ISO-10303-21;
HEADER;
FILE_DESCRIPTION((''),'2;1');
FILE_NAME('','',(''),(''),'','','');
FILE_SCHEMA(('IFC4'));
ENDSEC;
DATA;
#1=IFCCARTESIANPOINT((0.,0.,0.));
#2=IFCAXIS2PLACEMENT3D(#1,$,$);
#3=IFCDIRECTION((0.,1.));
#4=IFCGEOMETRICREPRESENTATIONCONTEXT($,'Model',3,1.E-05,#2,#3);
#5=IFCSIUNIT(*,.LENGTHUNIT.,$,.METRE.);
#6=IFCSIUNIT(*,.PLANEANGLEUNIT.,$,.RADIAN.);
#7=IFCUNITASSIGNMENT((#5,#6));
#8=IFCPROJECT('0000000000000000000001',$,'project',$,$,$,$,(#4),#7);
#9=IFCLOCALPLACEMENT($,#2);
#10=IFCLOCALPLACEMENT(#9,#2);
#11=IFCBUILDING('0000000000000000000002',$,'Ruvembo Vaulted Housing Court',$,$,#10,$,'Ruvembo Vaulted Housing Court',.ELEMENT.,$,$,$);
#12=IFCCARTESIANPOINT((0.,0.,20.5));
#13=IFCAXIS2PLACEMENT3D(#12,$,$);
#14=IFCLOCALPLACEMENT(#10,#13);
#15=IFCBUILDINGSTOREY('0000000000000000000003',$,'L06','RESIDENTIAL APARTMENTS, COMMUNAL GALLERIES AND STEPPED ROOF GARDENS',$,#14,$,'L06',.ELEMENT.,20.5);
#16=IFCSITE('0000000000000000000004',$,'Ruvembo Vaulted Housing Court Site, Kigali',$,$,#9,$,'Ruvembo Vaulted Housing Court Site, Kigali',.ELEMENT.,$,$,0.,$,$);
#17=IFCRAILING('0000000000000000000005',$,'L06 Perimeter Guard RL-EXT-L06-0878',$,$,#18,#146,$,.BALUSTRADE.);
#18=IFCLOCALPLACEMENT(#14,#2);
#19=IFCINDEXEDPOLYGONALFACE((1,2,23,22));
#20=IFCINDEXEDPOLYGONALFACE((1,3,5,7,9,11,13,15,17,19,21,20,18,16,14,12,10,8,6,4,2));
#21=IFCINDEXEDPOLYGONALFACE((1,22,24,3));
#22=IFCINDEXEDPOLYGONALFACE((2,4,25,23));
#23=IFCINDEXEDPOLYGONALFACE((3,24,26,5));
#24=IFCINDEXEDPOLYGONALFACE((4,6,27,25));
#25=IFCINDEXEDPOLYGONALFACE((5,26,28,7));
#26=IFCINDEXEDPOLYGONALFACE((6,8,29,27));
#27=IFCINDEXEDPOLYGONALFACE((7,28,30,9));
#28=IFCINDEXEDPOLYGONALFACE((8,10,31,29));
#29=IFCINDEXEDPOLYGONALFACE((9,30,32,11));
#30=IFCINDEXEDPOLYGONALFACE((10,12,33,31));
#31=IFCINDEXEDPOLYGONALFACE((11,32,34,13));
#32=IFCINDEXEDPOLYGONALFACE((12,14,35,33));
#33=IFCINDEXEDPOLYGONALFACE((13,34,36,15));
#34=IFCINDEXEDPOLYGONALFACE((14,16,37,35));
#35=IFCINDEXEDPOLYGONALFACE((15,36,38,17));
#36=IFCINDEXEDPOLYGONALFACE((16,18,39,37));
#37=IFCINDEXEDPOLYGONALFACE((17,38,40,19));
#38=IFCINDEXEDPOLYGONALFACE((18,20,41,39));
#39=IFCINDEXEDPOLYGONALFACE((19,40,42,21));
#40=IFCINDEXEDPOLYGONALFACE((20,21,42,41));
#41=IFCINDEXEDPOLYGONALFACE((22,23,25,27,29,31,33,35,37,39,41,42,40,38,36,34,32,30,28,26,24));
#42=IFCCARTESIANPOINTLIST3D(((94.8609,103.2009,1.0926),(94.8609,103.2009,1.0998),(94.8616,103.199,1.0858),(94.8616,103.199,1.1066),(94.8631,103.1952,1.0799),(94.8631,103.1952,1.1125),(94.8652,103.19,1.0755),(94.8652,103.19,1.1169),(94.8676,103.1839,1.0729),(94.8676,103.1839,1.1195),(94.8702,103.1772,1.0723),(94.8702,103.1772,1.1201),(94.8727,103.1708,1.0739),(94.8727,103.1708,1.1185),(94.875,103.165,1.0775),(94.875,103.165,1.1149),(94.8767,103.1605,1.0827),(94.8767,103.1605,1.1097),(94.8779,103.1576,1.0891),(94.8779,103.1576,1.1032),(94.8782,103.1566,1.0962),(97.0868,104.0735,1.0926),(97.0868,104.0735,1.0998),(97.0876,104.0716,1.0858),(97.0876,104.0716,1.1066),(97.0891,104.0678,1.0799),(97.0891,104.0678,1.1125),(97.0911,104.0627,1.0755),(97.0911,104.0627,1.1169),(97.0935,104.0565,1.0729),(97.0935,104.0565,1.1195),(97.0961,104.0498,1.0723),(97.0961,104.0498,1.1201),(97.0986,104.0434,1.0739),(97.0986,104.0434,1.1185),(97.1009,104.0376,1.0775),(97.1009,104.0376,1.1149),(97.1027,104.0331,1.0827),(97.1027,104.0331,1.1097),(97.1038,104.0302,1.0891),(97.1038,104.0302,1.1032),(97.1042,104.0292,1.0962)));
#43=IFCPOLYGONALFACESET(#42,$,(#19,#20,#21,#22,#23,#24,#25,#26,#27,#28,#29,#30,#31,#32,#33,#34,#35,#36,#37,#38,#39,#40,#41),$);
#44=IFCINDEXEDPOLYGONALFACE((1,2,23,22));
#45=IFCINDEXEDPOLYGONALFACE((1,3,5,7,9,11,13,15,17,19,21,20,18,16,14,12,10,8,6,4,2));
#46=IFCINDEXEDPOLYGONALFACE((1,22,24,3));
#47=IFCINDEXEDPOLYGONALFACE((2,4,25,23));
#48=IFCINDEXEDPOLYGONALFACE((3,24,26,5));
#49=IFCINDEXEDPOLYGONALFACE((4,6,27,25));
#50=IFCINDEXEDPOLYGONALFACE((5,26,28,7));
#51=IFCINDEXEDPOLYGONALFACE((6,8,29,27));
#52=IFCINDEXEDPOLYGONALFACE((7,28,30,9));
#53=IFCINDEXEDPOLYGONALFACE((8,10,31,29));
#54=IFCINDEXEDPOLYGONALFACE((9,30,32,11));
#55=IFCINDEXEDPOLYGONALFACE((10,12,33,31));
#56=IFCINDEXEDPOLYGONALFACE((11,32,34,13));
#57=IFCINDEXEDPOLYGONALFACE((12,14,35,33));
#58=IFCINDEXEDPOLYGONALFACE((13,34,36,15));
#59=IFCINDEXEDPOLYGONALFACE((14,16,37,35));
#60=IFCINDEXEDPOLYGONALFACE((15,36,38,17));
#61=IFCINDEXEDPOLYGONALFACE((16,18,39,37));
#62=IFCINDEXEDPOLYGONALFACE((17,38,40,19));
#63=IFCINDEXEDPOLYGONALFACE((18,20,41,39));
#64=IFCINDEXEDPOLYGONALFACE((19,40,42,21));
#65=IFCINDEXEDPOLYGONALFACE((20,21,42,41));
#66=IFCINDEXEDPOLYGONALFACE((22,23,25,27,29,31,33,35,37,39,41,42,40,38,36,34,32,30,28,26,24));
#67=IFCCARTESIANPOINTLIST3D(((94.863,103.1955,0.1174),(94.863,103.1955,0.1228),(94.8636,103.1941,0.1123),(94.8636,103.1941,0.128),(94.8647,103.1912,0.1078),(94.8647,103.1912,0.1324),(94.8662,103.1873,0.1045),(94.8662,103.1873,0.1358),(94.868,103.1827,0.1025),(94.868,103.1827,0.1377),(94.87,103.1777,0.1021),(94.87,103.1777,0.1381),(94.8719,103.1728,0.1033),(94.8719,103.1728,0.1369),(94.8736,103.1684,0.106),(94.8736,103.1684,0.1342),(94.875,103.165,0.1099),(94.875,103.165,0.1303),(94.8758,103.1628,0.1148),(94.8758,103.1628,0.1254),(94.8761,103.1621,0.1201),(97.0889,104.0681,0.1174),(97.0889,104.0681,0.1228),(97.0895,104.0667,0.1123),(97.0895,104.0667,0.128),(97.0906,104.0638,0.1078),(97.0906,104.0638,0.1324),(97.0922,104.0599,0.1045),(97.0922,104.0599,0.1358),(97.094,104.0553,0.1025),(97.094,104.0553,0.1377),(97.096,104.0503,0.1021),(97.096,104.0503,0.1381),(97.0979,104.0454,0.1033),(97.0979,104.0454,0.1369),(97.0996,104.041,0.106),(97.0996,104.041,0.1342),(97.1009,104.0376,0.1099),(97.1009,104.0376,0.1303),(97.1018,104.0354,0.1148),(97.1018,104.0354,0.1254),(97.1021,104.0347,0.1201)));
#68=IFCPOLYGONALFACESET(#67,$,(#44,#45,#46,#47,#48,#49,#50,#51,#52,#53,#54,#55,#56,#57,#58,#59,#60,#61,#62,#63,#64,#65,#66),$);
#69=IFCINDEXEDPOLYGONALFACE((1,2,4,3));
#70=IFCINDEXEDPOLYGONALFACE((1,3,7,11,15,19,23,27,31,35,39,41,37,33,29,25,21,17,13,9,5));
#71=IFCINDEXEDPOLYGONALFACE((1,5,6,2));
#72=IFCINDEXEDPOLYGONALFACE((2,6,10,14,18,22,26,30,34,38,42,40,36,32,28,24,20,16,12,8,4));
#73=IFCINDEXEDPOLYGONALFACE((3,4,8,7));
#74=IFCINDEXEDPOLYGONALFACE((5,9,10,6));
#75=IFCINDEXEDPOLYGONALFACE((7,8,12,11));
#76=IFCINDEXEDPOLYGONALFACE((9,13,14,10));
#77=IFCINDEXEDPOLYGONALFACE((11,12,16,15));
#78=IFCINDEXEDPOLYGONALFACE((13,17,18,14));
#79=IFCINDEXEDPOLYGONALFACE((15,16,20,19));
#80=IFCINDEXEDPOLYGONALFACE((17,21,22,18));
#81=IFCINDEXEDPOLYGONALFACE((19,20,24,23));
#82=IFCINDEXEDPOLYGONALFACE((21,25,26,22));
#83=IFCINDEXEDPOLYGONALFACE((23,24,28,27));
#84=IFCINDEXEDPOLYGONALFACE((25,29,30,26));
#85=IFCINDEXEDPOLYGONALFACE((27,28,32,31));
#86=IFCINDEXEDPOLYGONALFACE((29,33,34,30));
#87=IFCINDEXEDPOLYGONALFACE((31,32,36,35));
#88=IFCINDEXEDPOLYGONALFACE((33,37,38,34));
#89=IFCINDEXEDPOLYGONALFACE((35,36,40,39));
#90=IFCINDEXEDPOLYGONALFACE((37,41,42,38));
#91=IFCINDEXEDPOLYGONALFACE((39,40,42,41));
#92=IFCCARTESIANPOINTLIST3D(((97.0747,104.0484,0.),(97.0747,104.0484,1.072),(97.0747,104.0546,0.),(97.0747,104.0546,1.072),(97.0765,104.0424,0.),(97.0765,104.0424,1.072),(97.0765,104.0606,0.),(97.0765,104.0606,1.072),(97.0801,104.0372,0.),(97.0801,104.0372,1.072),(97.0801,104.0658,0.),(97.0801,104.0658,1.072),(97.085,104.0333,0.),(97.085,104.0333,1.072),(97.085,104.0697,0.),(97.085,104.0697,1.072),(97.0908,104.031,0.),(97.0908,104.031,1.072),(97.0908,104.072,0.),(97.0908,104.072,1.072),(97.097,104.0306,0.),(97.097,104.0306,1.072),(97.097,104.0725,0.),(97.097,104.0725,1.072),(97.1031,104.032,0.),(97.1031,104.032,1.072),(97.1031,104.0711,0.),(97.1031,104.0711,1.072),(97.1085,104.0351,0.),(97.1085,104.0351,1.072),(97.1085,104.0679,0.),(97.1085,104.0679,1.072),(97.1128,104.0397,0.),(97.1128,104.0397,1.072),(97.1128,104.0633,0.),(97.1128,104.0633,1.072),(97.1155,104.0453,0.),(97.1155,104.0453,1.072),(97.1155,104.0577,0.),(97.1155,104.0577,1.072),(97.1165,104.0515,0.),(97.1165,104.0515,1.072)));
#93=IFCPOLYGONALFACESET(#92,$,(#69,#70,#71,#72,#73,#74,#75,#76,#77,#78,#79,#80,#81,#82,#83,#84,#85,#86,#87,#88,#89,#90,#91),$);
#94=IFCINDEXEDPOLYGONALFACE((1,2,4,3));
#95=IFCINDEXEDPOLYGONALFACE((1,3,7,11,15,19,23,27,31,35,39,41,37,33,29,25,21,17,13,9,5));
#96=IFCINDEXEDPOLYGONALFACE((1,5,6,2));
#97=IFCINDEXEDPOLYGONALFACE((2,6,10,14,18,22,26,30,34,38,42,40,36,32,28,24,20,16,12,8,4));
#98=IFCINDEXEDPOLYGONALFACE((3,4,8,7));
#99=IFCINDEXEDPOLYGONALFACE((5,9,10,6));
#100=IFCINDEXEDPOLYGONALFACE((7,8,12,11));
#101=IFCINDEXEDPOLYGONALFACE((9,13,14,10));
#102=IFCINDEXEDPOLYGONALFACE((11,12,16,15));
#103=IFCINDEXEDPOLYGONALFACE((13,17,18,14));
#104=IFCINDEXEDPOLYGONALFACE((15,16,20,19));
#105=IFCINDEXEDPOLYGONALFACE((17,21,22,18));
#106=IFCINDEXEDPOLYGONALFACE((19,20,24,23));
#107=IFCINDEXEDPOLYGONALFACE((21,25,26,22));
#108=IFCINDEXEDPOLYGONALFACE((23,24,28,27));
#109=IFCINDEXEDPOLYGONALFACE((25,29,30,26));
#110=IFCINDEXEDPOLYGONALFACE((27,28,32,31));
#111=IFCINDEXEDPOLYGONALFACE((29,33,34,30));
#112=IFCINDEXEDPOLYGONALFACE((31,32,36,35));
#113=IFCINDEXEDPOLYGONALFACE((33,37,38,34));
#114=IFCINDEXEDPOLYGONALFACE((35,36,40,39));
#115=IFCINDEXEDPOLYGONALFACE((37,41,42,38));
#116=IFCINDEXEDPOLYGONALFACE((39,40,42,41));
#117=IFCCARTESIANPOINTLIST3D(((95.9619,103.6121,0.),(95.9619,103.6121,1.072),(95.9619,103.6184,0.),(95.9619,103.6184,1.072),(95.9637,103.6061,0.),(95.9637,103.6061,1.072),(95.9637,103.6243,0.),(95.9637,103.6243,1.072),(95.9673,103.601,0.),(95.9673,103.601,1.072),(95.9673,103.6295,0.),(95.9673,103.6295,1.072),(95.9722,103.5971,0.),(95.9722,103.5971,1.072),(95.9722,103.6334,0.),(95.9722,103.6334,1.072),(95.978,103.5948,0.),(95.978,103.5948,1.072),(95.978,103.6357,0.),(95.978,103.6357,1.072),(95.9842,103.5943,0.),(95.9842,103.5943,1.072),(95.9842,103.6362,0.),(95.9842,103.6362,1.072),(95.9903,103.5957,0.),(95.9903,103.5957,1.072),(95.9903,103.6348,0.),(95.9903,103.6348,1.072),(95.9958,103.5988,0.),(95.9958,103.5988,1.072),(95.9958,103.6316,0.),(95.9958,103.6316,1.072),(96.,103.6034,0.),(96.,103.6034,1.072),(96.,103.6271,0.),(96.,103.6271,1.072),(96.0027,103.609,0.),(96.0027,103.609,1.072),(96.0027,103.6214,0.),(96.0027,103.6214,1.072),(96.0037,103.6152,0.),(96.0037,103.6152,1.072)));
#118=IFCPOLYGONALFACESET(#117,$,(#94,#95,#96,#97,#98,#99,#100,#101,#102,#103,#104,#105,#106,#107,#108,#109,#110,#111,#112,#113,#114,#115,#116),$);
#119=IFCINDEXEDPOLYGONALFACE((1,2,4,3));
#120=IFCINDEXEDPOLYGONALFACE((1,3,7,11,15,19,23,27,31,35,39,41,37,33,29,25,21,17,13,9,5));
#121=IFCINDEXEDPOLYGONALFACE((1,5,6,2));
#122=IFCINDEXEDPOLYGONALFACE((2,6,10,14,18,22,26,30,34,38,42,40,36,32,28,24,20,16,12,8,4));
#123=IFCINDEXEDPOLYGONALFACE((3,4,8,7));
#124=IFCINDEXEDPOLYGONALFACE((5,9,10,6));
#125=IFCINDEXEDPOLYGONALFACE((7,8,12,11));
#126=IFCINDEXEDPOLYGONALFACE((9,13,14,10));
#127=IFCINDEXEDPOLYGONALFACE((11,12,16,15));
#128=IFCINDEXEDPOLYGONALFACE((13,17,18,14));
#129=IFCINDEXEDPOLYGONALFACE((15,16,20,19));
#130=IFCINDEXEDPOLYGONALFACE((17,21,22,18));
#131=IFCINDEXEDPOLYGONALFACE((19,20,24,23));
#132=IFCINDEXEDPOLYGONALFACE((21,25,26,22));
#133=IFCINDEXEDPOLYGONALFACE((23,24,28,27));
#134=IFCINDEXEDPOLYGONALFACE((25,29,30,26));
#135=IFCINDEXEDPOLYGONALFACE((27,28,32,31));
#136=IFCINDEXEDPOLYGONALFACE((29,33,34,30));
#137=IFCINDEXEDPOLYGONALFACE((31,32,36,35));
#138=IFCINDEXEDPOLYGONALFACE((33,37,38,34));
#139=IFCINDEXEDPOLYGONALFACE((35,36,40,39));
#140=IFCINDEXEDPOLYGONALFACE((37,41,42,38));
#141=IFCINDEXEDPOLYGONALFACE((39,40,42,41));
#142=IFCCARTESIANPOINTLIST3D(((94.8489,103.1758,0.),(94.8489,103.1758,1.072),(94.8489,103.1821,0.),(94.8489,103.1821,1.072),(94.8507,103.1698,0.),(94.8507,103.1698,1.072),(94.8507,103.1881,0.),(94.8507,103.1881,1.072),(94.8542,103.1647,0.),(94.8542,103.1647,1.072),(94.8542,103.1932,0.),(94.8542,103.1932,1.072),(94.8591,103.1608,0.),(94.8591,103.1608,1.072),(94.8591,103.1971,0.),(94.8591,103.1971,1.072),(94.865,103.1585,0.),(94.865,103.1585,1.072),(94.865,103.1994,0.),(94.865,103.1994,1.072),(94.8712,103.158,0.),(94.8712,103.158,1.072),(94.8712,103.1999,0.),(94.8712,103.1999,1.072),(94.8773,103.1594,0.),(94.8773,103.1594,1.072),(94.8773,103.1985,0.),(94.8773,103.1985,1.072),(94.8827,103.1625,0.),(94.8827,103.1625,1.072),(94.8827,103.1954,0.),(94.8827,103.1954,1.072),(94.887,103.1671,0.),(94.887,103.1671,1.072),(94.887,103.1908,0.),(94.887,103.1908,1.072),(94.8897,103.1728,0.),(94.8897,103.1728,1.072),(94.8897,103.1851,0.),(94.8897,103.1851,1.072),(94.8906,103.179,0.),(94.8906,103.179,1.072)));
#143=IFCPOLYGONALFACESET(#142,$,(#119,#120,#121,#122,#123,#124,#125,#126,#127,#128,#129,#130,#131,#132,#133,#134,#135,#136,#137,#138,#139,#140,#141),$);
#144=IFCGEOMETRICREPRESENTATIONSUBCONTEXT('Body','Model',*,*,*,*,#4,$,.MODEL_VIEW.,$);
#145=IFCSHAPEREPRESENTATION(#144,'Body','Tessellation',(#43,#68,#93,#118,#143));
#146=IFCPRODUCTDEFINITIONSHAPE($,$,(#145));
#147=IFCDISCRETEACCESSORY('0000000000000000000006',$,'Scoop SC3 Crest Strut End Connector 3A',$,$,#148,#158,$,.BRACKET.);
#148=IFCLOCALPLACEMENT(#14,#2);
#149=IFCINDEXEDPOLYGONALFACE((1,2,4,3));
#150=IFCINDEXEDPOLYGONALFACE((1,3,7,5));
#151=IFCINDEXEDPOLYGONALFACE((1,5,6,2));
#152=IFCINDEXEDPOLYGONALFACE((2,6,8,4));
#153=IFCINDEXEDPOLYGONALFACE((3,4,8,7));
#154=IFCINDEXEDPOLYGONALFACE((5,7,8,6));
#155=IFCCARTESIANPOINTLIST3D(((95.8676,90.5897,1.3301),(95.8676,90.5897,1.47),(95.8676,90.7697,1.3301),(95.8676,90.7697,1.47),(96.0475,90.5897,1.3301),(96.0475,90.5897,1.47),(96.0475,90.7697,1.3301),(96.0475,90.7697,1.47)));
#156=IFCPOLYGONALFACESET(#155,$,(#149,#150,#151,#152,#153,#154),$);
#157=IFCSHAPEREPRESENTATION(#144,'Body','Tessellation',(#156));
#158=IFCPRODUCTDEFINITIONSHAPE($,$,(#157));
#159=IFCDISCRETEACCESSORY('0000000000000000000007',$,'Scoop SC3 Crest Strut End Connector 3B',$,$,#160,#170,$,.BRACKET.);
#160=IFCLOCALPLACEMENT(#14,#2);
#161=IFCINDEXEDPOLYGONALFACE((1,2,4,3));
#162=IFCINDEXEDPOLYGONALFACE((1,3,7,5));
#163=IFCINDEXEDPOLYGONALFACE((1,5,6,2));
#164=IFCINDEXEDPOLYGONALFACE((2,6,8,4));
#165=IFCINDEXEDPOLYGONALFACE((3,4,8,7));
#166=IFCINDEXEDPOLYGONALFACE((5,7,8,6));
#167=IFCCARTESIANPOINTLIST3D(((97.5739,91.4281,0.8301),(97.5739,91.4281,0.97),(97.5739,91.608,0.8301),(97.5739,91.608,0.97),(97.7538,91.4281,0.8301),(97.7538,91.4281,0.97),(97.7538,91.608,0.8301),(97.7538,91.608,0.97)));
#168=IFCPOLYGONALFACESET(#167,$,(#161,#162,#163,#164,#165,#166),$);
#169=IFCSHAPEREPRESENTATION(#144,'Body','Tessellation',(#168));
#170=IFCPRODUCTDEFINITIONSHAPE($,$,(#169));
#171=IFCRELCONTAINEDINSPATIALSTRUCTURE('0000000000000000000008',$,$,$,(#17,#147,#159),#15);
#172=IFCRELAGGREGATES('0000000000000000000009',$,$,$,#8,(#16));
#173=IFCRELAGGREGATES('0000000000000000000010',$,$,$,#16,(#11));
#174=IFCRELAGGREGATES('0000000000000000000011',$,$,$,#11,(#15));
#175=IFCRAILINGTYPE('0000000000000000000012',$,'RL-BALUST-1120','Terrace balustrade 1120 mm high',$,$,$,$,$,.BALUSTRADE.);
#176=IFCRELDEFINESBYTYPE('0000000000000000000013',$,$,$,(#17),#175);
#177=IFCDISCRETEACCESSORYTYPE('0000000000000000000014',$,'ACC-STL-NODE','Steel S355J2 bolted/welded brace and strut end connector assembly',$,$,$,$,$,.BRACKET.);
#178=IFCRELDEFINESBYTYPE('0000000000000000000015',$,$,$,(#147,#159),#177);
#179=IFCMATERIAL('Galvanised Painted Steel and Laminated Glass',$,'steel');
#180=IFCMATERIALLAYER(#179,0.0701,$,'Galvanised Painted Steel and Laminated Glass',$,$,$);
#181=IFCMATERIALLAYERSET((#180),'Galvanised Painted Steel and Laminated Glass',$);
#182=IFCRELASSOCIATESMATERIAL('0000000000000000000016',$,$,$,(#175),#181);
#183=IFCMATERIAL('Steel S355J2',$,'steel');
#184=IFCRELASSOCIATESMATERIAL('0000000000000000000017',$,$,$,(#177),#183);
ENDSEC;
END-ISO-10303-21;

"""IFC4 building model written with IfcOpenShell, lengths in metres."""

from ifc_helpers import new_model, si_unit, direction, frame, origin, origin_2d, place, context, subcontext, project, spatial, rectangle, circle, extrude, material, layer, layer_set, type_object, element, save


model = new_model("IFC4")

# Units and contexts
model_context = context("Model", 3, precision=1e-05, world=origin(), true_north=direction((0.0, 1.0)))
body_context = subcontext(model_context, "Body", "Model", "MODEL_VIEW")
ifc_project = project(units=[si_unit("LENGTHUNIT", "METRE"), si_unit("PLANEANGLEUNIT", "RADIAN")], contexts=[model_context])

# Site, building, storey
site_placement = place(None, origin())
site = spatial("IfcSite", under=ifc_project, at=site_placement, Name="Ruvembo Vaulted Housing Court Site, Kigali", LongName="Ruvembo Vaulted Housing Court Site, Kigali", CompositionType="ELEMENT", RefElevation=0.0)
building_placement = place(site_placement, origin())
building = spatial("IfcBuilding", under=site, at=building_placement, Name="Ruvembo Vaulted Housing Court", LongName="Ruvembo Vaulted Housing Court", CompositionType="ELEMENT")
storey_placement = place(building_placement, frame((0.0, 0.0, 20.5)))
storey = spatial("IfcBuildingStorey", under=building, at=storey_placement, Name="L06", Description="RESIDENTIAL APARTMENTS, COMMUNAL GALLERIES AND STEPPED ROOF GARDENS", LongName="L06", CompositionType="ELEMENT", Elevation=20.5)

# Shared definitions
ifc_material_1 = material(Name="Steel S355J2", Category="steel")

# Railing
ifc_material_2 = material(Name="Galvanised Painted Steel and Laminated Glass", Category="steel")
ifc_layer = layer(ifc_material_2, 0.0701, Name="Galvanised Painted Steel and Laminated Glass")
ifc_layer_set = layer_set([ifc_layer], Name="Galvanised Painted Steel and Laminated Glass")
railing_type = type_object("IfcRailingType", Name="RL-BALUST-1120", Description="Terrace balustrade 1120 mm high", PredefinedType="BALUSTRADE", material=ifc_layer_set)
railing_1_placement = place(storey_placement, frame((97.0955, 104.0515, 0.0)))
element("IfcRailing", 1, at=railing_1_placement, inside=storey, type_object=railing_type, Name="L06 Perimeter Guard RL-EXT-L06-0878", PredefinedType="BALUSTRADE", context=body_context, shape_type="SweptSolid", body=[
    extrude(circle(Radius=0.0239, at=origin_2d()), frame((0.0, 0.0, 1.0962), z_axis=(-0.931018, -0.364973, 0.0), x_axis=(0.364973, -0.931018, 0.0)), (0.0, 0.0, 1.0), 2.3909),
    extrude(circle(Radius=0.0181, at=origin_2d()), frame((0.0, 0.0, 0.1201), z_axis=(-0.931018, -0.364973, 0.0), x_axis=(0.364973, -0.931018, 0.0)), (0.0, 0.0, 1.0), 2.3909),
    extrude(circle(Radius=0.021, at=origin_2d()), origin(), (0.0, 0.0, 1.0), 1.072),
    extrude(circle(Radius=0.021, at=origin_2d()), frame((-1.1128, -0.4363, 0.0)), (0.0, 0.0, 1.0), 1.072),
    extrude(circle(Radius=0.021, at=origin_2d()), frame((-2.2258, -0.8726, 0.0)), (0.0, 0.0, 1.0), 1.072),
])

# Discrete accessories
discrete_accessory_type = type_object("IfcDiscreteAccessoryType", Name="ACC-STL-NODE", Description="Steel S355J2 bolted/welded brace and strut end connector assembly", PredefinedType="BRACKET", material=ifc_material_1)
for number, where, z_axis, x_axis, name in (
    (2, (95.9575, 90.6797, 1.3301), (0.0, 0.0, 1.0), (1.0, 0.0, 0.0), "Scoop SC3 Crest Strut End Connector 3A"),
    (3, (97.6638, 91.5181, 0.8301), (0.0, 0.0, 1.0), (1.0, 0.0, 0.0), "Scoop SC3 Crest Strut End Connector 3B"),
):
    element("IfcDiscreteAccessory", number, at=place(storey_placement, frame(where, z_axis=z_axis, x_axis=x_axis)), inside=storey, type_object=discrete_accessory_type, Name=name, PredefinedType="BRACKET", context=body_context, shape_type="SweptSolid", body=[
        extrude(rectangle(XDim=0.1799, YDim=0.1799, at=origin_2d()), origin(), (0.0, 0.0, 1.0), 0.1399),
    ])

save(model, "model.ifc")
